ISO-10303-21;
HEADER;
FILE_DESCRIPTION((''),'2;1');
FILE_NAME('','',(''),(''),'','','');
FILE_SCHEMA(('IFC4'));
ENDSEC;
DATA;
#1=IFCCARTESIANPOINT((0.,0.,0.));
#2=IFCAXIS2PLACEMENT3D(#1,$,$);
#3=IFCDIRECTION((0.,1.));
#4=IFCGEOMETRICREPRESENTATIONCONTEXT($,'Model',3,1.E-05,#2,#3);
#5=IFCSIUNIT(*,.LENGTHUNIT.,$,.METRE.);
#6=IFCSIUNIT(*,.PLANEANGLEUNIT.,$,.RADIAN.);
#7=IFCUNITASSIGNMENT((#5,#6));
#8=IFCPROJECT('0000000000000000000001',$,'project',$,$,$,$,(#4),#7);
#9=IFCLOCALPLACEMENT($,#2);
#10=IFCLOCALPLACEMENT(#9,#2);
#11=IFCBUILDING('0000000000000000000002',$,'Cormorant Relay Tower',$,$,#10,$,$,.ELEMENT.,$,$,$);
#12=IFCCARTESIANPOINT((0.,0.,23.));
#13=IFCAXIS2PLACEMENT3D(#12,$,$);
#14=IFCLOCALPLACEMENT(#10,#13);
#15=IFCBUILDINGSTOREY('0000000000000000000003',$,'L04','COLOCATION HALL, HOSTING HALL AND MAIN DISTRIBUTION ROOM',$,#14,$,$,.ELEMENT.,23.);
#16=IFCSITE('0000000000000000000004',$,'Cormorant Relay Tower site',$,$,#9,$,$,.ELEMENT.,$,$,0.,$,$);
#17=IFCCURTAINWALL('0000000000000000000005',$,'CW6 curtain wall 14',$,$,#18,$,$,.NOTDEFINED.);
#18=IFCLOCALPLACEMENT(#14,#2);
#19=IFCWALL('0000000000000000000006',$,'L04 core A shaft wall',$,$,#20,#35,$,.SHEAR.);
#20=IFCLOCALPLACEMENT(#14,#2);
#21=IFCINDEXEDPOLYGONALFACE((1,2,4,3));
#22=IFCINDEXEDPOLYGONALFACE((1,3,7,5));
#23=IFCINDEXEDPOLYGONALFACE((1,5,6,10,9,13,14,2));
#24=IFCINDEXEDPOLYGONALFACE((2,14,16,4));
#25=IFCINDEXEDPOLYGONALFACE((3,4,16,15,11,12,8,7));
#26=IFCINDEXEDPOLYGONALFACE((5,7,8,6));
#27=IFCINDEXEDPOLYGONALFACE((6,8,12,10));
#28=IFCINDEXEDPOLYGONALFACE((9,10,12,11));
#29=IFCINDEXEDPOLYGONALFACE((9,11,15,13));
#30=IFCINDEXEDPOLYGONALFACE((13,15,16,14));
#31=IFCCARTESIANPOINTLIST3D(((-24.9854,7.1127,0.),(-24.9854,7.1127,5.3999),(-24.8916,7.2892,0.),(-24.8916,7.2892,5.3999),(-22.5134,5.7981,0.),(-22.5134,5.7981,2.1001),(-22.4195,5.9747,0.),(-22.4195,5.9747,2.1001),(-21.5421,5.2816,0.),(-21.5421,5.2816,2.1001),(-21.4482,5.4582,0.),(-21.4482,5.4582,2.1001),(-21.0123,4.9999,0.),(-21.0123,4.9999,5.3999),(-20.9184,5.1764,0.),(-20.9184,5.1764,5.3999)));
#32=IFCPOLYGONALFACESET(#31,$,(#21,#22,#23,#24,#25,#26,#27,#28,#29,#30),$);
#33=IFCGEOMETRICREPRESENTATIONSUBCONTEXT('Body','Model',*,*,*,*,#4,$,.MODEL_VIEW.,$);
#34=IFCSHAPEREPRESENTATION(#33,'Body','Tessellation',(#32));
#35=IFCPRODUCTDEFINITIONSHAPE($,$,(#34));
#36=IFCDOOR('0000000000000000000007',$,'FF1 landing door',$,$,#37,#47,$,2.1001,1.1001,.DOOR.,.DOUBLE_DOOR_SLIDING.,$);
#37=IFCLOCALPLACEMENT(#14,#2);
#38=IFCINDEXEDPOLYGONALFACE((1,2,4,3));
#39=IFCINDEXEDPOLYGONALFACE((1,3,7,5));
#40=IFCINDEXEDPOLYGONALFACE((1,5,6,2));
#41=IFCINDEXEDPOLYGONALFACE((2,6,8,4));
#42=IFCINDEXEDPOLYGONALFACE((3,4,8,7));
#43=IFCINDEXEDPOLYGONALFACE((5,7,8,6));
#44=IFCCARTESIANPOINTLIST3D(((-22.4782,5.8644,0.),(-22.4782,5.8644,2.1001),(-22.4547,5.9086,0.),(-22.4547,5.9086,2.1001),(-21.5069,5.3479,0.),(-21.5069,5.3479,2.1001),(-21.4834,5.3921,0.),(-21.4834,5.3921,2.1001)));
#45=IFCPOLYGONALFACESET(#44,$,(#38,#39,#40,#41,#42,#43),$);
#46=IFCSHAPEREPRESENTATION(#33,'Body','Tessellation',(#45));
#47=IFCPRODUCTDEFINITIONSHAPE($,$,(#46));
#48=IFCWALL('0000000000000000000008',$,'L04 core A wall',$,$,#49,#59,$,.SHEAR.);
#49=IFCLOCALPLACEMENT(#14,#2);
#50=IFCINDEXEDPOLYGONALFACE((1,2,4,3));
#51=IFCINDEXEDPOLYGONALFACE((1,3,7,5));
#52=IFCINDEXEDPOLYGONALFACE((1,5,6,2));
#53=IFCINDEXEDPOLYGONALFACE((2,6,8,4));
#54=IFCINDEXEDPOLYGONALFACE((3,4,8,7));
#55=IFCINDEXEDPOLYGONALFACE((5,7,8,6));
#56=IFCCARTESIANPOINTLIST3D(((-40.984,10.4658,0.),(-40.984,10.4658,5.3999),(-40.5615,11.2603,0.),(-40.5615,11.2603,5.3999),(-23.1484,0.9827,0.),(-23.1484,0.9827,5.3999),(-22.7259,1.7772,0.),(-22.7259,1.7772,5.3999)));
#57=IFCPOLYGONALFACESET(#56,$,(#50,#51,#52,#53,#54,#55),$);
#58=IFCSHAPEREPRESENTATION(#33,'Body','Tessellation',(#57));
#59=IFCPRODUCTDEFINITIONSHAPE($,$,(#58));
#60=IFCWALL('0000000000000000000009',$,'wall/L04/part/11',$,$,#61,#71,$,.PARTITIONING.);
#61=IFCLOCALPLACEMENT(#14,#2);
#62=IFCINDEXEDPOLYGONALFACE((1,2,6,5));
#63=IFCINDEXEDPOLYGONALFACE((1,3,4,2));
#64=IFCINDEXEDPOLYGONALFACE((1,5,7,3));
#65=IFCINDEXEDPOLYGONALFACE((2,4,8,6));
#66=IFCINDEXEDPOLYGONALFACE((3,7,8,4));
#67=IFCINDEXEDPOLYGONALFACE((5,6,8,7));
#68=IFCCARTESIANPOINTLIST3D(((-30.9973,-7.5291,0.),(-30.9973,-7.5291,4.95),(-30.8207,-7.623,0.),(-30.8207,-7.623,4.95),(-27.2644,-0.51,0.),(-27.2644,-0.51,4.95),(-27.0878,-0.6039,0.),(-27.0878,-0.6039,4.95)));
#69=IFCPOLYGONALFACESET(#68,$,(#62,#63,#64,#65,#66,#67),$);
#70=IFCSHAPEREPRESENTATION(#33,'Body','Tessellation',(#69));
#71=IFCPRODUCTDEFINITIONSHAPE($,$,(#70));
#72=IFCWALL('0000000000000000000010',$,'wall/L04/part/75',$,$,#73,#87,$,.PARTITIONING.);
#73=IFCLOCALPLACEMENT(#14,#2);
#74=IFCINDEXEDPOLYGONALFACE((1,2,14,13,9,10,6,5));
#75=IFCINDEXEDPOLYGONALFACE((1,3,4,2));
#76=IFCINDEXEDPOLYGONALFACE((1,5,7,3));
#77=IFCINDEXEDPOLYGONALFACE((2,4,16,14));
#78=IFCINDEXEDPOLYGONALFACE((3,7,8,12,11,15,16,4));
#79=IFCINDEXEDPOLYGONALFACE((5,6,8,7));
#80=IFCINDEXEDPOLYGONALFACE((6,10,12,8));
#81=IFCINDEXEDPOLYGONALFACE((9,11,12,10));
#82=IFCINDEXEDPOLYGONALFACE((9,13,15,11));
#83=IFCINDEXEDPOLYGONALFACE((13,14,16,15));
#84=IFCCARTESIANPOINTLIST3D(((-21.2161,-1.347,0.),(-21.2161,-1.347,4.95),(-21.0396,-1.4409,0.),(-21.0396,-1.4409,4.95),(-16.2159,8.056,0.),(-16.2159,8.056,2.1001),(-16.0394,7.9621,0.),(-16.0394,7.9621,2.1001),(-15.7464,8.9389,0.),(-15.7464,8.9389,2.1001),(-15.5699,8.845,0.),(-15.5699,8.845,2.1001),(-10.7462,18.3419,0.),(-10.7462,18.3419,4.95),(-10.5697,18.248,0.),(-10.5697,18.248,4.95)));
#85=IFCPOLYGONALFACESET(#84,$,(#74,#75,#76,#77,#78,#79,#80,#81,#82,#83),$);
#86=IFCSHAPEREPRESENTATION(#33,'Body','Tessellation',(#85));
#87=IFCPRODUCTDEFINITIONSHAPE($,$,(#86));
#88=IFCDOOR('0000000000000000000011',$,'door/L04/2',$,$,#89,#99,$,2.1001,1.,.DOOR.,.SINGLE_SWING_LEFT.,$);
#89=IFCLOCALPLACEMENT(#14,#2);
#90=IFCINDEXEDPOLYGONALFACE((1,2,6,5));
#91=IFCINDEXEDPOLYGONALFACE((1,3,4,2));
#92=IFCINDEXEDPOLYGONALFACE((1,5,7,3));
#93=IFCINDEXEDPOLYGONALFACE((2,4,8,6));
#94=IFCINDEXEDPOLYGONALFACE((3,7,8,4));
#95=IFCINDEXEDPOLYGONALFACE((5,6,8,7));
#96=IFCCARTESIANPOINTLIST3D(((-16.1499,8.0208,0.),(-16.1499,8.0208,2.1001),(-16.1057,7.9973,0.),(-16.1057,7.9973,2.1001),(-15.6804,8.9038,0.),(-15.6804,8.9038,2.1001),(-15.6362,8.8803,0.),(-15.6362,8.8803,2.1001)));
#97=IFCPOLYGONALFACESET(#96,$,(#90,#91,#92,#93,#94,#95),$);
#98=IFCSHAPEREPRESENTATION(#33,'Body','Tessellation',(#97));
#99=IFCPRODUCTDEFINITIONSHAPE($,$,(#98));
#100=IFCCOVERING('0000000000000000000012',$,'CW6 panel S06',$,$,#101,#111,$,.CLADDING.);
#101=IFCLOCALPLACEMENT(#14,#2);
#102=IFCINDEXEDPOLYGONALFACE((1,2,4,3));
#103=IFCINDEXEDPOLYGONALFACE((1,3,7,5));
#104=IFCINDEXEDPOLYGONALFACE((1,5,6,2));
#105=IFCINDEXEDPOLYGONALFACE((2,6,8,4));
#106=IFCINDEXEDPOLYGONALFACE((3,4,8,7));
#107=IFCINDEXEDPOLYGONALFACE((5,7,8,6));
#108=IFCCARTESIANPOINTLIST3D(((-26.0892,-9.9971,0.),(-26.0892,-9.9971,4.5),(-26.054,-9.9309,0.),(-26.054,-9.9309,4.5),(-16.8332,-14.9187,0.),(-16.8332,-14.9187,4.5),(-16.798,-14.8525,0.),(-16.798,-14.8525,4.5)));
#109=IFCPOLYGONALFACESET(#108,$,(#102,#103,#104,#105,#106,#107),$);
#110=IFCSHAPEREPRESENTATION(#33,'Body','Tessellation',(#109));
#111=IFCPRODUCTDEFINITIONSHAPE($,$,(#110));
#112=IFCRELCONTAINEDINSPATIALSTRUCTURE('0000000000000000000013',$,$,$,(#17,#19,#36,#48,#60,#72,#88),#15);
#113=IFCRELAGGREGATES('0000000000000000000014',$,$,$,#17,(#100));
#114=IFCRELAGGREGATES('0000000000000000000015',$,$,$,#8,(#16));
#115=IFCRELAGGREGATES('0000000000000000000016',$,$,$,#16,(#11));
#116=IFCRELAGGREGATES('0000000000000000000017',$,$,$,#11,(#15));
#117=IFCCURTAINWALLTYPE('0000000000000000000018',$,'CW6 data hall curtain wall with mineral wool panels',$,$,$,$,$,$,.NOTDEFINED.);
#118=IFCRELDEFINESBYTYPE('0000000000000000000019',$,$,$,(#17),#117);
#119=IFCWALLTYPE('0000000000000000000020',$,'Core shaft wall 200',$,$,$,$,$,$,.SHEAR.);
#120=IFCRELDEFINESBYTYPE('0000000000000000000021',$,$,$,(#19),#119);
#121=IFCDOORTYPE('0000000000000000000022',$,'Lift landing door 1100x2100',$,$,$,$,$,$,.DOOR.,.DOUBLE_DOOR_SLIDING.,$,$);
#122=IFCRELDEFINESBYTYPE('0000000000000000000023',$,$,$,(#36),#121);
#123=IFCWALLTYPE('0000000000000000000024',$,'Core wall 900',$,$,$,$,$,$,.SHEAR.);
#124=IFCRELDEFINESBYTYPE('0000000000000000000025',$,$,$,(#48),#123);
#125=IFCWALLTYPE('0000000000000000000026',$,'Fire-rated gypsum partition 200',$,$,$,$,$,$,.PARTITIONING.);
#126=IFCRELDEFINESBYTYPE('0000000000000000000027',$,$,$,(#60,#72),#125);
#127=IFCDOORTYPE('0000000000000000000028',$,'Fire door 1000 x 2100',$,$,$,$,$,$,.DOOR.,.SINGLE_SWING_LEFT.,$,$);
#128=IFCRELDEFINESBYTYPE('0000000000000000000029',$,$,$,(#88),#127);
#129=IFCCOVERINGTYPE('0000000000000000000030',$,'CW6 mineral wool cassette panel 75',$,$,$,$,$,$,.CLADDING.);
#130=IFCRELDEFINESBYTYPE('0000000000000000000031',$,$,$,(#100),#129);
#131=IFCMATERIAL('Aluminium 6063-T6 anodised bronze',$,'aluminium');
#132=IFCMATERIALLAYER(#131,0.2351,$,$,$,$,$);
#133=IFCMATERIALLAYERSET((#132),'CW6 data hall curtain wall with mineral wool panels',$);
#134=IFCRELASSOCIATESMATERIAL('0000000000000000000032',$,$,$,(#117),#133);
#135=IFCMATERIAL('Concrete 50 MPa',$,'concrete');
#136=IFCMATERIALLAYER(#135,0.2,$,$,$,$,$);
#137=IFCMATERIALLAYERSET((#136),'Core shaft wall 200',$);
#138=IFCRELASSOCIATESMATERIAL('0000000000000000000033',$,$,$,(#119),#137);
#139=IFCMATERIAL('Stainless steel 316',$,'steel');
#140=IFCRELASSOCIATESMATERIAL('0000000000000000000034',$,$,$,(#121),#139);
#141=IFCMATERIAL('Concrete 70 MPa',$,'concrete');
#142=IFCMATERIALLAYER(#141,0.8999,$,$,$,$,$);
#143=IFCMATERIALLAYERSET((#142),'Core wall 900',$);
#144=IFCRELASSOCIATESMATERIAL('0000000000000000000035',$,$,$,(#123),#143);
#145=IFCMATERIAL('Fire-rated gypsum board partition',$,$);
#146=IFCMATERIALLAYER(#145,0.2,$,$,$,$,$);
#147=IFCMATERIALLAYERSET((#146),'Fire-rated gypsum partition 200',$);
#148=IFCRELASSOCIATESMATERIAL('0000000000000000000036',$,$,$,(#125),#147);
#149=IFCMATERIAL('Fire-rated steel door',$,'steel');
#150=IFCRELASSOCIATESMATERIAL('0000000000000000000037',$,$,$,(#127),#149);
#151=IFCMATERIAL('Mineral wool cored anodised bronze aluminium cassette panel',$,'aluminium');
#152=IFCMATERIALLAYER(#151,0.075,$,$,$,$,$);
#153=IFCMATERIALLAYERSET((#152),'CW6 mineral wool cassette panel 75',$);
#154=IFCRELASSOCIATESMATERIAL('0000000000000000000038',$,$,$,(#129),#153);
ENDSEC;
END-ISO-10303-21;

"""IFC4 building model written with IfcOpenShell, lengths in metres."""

from ifc_helpers import new_model, si_unit, direction, frame, frame_2d, origin, origin_2d, place, context, subcontext, project, spatial, rectangle, extrude, material, layer, layer_set, type_object, element, fill, aggregate, save


model = new_model("IFC4")

# Units and contexts
model_context = context("Model", 3, precision=1e-05, world=origin(), true_north=direction((0.0, 1.0)))
body_context = subcontext(model_context, "Body", "Model", "MODEL_VIEW")
ifc_project = project(units=[si_unit("LENGTHUNIT", "METRE"), si_unit("PLANEANGLEUNIT", "RADIAN")], contexts=[model_context])

# Site, building, storey
site_placement = place(None, origin())
site = spatial("IfcSite", under=ifc_project, at=site_placement, Name="Cormorant Relay Tower site", CompositionType="ELEMENT", RefElevation=0.0)
building_placement = place(site_placement, origin())
building = spatial("IfcBuilding", under=site, at=building_placement, Name="Cormorant Relay Tower", CompositionType="ELEMENT")
storey_placement = place(building_placement, frame((0.0, 0.0, 23.0)))
storey = spatial("IfcBuildingStorey", under=building, at=storey_placement, Name="L04", Description="COLOCATION HALL, HOSTING HALL AND MAIN DISTRIBUTION ROOM", CompositionType="ELEMENT", Elevation=23.0)

# Curtain wall
ifc_material_1 = material(Name="Aluminium 6063-T6 anodised bronze", Category="aluminium")
ifc_layer_1 = layer(ifc_material_1, 0.2351)
ifc_layer_set_1 = layer_set([ifc_layer_1], Name="CW6 data hall curtain wall with mineral wool panels")
curtain_wall_type = type_object("IfcCurtainWallType", Name="CW6 data hall curtain wall with mineral wool panels", PredefinedType="NOTDEFINED", material=ifc_layer_set_1)
curtain_wall_placement = place(storey_placement, origin())
curtain_wall = element("IfcCurtainWall", 1, at=curtain_wall_placement, inside=storey, type_object=curtain_wall_type, Name="CW6 curtain wall 14", PredefinedType="NOTDEFINED")

# Shared definitions
ifc_material_2 = material(Name="Concrete 50 MPa", Category="concrete")
ifc_layer_2 = layer(ifc_material_2, 0.2)
ifc_layer_set_2 = layer_set([ifc_layer_2], Name="Core shaft wall 200")
wall_type_1 = type_object("IfcWallType", Name="Core shaft wall 200", PredefinedType="SHEAR", material=ifc_layer_set_2)

# Wall, opening, door
wall_1_placement = place(storey_placement, frame((-20.9653, 5.0881, 0.0), z_axis=(0.0, 0.0, 1.0), x_axis=(-0.882926, 0.469512, 0.0)))
wall_1 = element("IfcWall", 2, at=wall_1_placement, inside=storey, type_object=wall_type_1, Name="L04 core A shaft wall", PredefinedType="SHEAR", context=body_context, shape_type="SweptSolid", body=[
    extrude(rectangle(XDim=4.5, YDim=0.2, at=frame_2d((2.25, 0.0))), origin(), (0.0, 0.0, 1.0), 5.3999),
])
opening_1_placement = place(wall_1_placement, frame((0.6001, 0.0, 0.0)))
opening_1 = element("IfcOpeningElement", 3, at=opening_1_placement, cuts=wall_1, PredefinedType="OPENING", context=body_context, shape_type="SweptSolid", body=[
    extrude(rectangle(XDim=1.1001, YDim=2.1001, at=frame_2d((0.55, 1.05))), frame((0.0, 0.1099, 0.0), z_axis=(0.0, -1.0, 0.0), x_axis=(1.0, 0.0, 0.0)), (0.0, 0.0, 1.0), 0.22),
])
ifc_material_3 = material(Name="Stainless steel 316", Category="steel")
door_type_1 = type_object("IfcDoorType", Name="Lift landing door 1100x2100", OperationType="DOUBLE_DOOR_SLIDING", PredefinedType="DOOR", material=ifc_material_3)
door_1_placement = place(opening_1_placement, origin())
door_1 = element("IfcDoor", 4, at=door_1_placement, inside=storey, type_object=door_type_1, Name="FF1 landing door", OperationType="DOUBLE_DOOR_SLIDING", OverallHeight=2.1001, OverallWidth=1.1001, PredefinedType="DOOR", context=body_context, shape_type="SweptSolid", body=[
    extrude(rectangle(XDim=1.1001, YDim=2.1001, at=frame_2d((0.55, 1.05))), frame((0.0, 0.0249, 0.0), z_axis=(0.0, -1.0, 0.0), x_axis=(1.0, 0.0, 0.0)), (0.0, 0.0, 1.0), 0.05),
])
fill(opening_1, door_1)

# Walls
ifc_material_4 = material(Name="Concrete 70 MPa", Category="concrete")
ifc_layer_3 = layer(ifc_material_4, 0.8999)
ifc_layer_set_3 = layer_set([ifc_layer_3], Name="Core wall 900")
wall_type_2 = type_object("IfcWallType", Name="Core wall 900", PredefinedType="SHEAR", material=ifc_layer_set_3)
wall_2_placement = place(storey_placement, frame((-22.937, 1.3799, 0.0), z_axis=(0.0, 0.0, 1.0), x_axis=(-0.882953, 0.469462, 0.0)))
element("IfcWall", 5, at=wall_2_placement, inside=storey, type_object=wall_type_2, Name="L04 core A wall", PredefinedType="SHEAR", context=body_context, shape_type="SweptSolid", body=[
    extrude(rectangle(XDim=20.2, YDim=0.8999, at=frame_2d((10.1001, 0.0))), origin(), (0.0, 0.0, 1.0), 5.3999),
])
ifc_material_5 = material(Name="Fire-rated gypsum board partition")
ifc_layer_4 = layer(ifc_material_5, 0.2)
ifc_layer_set_4 = layer_set([ifc_layer_4], Name="Fire-rated gypsum partition 200")
wall_type_3 = type_object("IfcWallType", Name="Fire-rated gypsum partition 200", PredefinedType="PARTITIONING", material=ifc_layer_set_4)
wall_3_placement = place(storey_placement, frame((-27.176, -0.5569, 0.0), z_axis=(0.0, 0.0, 1.0), x_axis=(-0.469552, -0.882905, 0.0)))
element("IfcWall", 6, at=wall_3_placement, inside=storey, type_object=wall_type_3, Name="wall/L04/part/11", PredefinedType="PARTITIONING", context=body_context, shape_type="SweptSolid", body=[
    extrude(rectangle(XDim=7.95, YDim=0.2, at=frame_2d((3.9751, 0.0))), origin(), (0.0, 0.0, 1.0), 4.95),
])

# Wall, opening, door
wall_4_placement = place(storey_placement, frame((-21.1279, -1.394, 0.0), z_axis=(0.0, 0.0, 1.0), x_axis=(0.469512, 0.882926, 0.0)))
wall_4 = element("IfcWall", 7, at=wall_4_placement, inside=storey, type_object=wall_type_3, Name="wall/L04/part/75", PredefinedType="PARTITIONING", context=body_context, shape_type="SweptSolid", body=[
    extrude(rectangle(XDim=22.2996, YDim=0.2, at=frame_2d((11.1499, 0.0))), origin(), (0.0, 0.0, 1.0), 4.95),
])
opening_2_placement = place(wall_4_placement, frame((10.6499, 0.0, 0.0)))
opening_2 = element("IfcOpeningElement", 8, at=opening_2_placement, cuts=wall_4, PredefinedType="OPENING", context=body_context, shape_type="SweptSolid", body=[
    extrude(rectangle(XDim=1.0, YDim=2.1001, at=frame_2d((0.5, 1.05))), frame((0.0, 0.1099, 0.0), z_axis=(0.0, -1.0, 0.0), x_axis=(1.0, 0.0, 0.0)), (0.0, 0.0, 1.0), 0.22),
])
ifc_material_6 = material(Name="Fire-rated steel door", Category="steel")
door_type_2 = type_object("IfcDoorType", Name="Fire door 1000 x 2100", OperationType="SINGLE_SWING_LEFT", PredefinedType="DOOR", material=ifc_material_6)
door_2_placement = place(opening_2_placement, frame((1.0, 0.0, 0.0), z_axis=(0.0, 0.0, 1.0), x_axis=(-1.0, 0.0, 0.0)))
door_2 = element("IfcDoor", 9, at=door_2_placement, inside=storey, type_object=door_type_2, Name="door/L04/2", OperationType="SINGLE_SWING_LEFT", OverallHeight=2.1001, OverallWidth=1.0, PredefinedType="DOOR", context=body_context, shape_type="SweptSolid", body=[
    extrude(rectangle(XDim=1.0, YDim=2.1001, at=frame_2d((0.5, 1.05))), frame((0.0, 0.0249, 0.0), z_axis=(0.0, -1.0, 0.0), x_axis=(1.0, 0.0, 0.0)), (0.0, 0.0, 1.0), 0.05),
])
fill(opening_2, door_2)

# Covering
ifc_material_7 = material(Name="Mineral wool cored anodised bronze aluminium cassette panel", Category="aluminium")
ifc_layer_5 = layer(ifc_material_7, 0.075)
ifc_layer_set_5 = layer_set([ifc_layer_5], Name="CW6 mineral wool cassette panel 75")
covering_type = type_object("IfcCoveringType", Name="CW6 mineral wool cassette panel 75", PredefinedType="CLADDING", material=ifc_layer_set_5)
covering_placement = place(storey_placement, frame((-21.4436, -12.4248, 0.0), z_axis=(0.0, 0.0, 1.0), x_axis=(0.882948, -0.469472, 0.0)))
covering = element("IfcCovering", 10, at=covering_placement, type_object=covering_type, Name="CW6 panel S06", PredefinedType="CLADDING", context=body_context, shape_type="SweptSolid", body=[
    extrude(rectangle(XDim=10.4832, YDim=0.075, at=origin_2d()), origin(), (0.0, 0.0, 1.0), 4.5),
])
aggregate(curtain_wall, [covering])

save(model, "model.ifc")
